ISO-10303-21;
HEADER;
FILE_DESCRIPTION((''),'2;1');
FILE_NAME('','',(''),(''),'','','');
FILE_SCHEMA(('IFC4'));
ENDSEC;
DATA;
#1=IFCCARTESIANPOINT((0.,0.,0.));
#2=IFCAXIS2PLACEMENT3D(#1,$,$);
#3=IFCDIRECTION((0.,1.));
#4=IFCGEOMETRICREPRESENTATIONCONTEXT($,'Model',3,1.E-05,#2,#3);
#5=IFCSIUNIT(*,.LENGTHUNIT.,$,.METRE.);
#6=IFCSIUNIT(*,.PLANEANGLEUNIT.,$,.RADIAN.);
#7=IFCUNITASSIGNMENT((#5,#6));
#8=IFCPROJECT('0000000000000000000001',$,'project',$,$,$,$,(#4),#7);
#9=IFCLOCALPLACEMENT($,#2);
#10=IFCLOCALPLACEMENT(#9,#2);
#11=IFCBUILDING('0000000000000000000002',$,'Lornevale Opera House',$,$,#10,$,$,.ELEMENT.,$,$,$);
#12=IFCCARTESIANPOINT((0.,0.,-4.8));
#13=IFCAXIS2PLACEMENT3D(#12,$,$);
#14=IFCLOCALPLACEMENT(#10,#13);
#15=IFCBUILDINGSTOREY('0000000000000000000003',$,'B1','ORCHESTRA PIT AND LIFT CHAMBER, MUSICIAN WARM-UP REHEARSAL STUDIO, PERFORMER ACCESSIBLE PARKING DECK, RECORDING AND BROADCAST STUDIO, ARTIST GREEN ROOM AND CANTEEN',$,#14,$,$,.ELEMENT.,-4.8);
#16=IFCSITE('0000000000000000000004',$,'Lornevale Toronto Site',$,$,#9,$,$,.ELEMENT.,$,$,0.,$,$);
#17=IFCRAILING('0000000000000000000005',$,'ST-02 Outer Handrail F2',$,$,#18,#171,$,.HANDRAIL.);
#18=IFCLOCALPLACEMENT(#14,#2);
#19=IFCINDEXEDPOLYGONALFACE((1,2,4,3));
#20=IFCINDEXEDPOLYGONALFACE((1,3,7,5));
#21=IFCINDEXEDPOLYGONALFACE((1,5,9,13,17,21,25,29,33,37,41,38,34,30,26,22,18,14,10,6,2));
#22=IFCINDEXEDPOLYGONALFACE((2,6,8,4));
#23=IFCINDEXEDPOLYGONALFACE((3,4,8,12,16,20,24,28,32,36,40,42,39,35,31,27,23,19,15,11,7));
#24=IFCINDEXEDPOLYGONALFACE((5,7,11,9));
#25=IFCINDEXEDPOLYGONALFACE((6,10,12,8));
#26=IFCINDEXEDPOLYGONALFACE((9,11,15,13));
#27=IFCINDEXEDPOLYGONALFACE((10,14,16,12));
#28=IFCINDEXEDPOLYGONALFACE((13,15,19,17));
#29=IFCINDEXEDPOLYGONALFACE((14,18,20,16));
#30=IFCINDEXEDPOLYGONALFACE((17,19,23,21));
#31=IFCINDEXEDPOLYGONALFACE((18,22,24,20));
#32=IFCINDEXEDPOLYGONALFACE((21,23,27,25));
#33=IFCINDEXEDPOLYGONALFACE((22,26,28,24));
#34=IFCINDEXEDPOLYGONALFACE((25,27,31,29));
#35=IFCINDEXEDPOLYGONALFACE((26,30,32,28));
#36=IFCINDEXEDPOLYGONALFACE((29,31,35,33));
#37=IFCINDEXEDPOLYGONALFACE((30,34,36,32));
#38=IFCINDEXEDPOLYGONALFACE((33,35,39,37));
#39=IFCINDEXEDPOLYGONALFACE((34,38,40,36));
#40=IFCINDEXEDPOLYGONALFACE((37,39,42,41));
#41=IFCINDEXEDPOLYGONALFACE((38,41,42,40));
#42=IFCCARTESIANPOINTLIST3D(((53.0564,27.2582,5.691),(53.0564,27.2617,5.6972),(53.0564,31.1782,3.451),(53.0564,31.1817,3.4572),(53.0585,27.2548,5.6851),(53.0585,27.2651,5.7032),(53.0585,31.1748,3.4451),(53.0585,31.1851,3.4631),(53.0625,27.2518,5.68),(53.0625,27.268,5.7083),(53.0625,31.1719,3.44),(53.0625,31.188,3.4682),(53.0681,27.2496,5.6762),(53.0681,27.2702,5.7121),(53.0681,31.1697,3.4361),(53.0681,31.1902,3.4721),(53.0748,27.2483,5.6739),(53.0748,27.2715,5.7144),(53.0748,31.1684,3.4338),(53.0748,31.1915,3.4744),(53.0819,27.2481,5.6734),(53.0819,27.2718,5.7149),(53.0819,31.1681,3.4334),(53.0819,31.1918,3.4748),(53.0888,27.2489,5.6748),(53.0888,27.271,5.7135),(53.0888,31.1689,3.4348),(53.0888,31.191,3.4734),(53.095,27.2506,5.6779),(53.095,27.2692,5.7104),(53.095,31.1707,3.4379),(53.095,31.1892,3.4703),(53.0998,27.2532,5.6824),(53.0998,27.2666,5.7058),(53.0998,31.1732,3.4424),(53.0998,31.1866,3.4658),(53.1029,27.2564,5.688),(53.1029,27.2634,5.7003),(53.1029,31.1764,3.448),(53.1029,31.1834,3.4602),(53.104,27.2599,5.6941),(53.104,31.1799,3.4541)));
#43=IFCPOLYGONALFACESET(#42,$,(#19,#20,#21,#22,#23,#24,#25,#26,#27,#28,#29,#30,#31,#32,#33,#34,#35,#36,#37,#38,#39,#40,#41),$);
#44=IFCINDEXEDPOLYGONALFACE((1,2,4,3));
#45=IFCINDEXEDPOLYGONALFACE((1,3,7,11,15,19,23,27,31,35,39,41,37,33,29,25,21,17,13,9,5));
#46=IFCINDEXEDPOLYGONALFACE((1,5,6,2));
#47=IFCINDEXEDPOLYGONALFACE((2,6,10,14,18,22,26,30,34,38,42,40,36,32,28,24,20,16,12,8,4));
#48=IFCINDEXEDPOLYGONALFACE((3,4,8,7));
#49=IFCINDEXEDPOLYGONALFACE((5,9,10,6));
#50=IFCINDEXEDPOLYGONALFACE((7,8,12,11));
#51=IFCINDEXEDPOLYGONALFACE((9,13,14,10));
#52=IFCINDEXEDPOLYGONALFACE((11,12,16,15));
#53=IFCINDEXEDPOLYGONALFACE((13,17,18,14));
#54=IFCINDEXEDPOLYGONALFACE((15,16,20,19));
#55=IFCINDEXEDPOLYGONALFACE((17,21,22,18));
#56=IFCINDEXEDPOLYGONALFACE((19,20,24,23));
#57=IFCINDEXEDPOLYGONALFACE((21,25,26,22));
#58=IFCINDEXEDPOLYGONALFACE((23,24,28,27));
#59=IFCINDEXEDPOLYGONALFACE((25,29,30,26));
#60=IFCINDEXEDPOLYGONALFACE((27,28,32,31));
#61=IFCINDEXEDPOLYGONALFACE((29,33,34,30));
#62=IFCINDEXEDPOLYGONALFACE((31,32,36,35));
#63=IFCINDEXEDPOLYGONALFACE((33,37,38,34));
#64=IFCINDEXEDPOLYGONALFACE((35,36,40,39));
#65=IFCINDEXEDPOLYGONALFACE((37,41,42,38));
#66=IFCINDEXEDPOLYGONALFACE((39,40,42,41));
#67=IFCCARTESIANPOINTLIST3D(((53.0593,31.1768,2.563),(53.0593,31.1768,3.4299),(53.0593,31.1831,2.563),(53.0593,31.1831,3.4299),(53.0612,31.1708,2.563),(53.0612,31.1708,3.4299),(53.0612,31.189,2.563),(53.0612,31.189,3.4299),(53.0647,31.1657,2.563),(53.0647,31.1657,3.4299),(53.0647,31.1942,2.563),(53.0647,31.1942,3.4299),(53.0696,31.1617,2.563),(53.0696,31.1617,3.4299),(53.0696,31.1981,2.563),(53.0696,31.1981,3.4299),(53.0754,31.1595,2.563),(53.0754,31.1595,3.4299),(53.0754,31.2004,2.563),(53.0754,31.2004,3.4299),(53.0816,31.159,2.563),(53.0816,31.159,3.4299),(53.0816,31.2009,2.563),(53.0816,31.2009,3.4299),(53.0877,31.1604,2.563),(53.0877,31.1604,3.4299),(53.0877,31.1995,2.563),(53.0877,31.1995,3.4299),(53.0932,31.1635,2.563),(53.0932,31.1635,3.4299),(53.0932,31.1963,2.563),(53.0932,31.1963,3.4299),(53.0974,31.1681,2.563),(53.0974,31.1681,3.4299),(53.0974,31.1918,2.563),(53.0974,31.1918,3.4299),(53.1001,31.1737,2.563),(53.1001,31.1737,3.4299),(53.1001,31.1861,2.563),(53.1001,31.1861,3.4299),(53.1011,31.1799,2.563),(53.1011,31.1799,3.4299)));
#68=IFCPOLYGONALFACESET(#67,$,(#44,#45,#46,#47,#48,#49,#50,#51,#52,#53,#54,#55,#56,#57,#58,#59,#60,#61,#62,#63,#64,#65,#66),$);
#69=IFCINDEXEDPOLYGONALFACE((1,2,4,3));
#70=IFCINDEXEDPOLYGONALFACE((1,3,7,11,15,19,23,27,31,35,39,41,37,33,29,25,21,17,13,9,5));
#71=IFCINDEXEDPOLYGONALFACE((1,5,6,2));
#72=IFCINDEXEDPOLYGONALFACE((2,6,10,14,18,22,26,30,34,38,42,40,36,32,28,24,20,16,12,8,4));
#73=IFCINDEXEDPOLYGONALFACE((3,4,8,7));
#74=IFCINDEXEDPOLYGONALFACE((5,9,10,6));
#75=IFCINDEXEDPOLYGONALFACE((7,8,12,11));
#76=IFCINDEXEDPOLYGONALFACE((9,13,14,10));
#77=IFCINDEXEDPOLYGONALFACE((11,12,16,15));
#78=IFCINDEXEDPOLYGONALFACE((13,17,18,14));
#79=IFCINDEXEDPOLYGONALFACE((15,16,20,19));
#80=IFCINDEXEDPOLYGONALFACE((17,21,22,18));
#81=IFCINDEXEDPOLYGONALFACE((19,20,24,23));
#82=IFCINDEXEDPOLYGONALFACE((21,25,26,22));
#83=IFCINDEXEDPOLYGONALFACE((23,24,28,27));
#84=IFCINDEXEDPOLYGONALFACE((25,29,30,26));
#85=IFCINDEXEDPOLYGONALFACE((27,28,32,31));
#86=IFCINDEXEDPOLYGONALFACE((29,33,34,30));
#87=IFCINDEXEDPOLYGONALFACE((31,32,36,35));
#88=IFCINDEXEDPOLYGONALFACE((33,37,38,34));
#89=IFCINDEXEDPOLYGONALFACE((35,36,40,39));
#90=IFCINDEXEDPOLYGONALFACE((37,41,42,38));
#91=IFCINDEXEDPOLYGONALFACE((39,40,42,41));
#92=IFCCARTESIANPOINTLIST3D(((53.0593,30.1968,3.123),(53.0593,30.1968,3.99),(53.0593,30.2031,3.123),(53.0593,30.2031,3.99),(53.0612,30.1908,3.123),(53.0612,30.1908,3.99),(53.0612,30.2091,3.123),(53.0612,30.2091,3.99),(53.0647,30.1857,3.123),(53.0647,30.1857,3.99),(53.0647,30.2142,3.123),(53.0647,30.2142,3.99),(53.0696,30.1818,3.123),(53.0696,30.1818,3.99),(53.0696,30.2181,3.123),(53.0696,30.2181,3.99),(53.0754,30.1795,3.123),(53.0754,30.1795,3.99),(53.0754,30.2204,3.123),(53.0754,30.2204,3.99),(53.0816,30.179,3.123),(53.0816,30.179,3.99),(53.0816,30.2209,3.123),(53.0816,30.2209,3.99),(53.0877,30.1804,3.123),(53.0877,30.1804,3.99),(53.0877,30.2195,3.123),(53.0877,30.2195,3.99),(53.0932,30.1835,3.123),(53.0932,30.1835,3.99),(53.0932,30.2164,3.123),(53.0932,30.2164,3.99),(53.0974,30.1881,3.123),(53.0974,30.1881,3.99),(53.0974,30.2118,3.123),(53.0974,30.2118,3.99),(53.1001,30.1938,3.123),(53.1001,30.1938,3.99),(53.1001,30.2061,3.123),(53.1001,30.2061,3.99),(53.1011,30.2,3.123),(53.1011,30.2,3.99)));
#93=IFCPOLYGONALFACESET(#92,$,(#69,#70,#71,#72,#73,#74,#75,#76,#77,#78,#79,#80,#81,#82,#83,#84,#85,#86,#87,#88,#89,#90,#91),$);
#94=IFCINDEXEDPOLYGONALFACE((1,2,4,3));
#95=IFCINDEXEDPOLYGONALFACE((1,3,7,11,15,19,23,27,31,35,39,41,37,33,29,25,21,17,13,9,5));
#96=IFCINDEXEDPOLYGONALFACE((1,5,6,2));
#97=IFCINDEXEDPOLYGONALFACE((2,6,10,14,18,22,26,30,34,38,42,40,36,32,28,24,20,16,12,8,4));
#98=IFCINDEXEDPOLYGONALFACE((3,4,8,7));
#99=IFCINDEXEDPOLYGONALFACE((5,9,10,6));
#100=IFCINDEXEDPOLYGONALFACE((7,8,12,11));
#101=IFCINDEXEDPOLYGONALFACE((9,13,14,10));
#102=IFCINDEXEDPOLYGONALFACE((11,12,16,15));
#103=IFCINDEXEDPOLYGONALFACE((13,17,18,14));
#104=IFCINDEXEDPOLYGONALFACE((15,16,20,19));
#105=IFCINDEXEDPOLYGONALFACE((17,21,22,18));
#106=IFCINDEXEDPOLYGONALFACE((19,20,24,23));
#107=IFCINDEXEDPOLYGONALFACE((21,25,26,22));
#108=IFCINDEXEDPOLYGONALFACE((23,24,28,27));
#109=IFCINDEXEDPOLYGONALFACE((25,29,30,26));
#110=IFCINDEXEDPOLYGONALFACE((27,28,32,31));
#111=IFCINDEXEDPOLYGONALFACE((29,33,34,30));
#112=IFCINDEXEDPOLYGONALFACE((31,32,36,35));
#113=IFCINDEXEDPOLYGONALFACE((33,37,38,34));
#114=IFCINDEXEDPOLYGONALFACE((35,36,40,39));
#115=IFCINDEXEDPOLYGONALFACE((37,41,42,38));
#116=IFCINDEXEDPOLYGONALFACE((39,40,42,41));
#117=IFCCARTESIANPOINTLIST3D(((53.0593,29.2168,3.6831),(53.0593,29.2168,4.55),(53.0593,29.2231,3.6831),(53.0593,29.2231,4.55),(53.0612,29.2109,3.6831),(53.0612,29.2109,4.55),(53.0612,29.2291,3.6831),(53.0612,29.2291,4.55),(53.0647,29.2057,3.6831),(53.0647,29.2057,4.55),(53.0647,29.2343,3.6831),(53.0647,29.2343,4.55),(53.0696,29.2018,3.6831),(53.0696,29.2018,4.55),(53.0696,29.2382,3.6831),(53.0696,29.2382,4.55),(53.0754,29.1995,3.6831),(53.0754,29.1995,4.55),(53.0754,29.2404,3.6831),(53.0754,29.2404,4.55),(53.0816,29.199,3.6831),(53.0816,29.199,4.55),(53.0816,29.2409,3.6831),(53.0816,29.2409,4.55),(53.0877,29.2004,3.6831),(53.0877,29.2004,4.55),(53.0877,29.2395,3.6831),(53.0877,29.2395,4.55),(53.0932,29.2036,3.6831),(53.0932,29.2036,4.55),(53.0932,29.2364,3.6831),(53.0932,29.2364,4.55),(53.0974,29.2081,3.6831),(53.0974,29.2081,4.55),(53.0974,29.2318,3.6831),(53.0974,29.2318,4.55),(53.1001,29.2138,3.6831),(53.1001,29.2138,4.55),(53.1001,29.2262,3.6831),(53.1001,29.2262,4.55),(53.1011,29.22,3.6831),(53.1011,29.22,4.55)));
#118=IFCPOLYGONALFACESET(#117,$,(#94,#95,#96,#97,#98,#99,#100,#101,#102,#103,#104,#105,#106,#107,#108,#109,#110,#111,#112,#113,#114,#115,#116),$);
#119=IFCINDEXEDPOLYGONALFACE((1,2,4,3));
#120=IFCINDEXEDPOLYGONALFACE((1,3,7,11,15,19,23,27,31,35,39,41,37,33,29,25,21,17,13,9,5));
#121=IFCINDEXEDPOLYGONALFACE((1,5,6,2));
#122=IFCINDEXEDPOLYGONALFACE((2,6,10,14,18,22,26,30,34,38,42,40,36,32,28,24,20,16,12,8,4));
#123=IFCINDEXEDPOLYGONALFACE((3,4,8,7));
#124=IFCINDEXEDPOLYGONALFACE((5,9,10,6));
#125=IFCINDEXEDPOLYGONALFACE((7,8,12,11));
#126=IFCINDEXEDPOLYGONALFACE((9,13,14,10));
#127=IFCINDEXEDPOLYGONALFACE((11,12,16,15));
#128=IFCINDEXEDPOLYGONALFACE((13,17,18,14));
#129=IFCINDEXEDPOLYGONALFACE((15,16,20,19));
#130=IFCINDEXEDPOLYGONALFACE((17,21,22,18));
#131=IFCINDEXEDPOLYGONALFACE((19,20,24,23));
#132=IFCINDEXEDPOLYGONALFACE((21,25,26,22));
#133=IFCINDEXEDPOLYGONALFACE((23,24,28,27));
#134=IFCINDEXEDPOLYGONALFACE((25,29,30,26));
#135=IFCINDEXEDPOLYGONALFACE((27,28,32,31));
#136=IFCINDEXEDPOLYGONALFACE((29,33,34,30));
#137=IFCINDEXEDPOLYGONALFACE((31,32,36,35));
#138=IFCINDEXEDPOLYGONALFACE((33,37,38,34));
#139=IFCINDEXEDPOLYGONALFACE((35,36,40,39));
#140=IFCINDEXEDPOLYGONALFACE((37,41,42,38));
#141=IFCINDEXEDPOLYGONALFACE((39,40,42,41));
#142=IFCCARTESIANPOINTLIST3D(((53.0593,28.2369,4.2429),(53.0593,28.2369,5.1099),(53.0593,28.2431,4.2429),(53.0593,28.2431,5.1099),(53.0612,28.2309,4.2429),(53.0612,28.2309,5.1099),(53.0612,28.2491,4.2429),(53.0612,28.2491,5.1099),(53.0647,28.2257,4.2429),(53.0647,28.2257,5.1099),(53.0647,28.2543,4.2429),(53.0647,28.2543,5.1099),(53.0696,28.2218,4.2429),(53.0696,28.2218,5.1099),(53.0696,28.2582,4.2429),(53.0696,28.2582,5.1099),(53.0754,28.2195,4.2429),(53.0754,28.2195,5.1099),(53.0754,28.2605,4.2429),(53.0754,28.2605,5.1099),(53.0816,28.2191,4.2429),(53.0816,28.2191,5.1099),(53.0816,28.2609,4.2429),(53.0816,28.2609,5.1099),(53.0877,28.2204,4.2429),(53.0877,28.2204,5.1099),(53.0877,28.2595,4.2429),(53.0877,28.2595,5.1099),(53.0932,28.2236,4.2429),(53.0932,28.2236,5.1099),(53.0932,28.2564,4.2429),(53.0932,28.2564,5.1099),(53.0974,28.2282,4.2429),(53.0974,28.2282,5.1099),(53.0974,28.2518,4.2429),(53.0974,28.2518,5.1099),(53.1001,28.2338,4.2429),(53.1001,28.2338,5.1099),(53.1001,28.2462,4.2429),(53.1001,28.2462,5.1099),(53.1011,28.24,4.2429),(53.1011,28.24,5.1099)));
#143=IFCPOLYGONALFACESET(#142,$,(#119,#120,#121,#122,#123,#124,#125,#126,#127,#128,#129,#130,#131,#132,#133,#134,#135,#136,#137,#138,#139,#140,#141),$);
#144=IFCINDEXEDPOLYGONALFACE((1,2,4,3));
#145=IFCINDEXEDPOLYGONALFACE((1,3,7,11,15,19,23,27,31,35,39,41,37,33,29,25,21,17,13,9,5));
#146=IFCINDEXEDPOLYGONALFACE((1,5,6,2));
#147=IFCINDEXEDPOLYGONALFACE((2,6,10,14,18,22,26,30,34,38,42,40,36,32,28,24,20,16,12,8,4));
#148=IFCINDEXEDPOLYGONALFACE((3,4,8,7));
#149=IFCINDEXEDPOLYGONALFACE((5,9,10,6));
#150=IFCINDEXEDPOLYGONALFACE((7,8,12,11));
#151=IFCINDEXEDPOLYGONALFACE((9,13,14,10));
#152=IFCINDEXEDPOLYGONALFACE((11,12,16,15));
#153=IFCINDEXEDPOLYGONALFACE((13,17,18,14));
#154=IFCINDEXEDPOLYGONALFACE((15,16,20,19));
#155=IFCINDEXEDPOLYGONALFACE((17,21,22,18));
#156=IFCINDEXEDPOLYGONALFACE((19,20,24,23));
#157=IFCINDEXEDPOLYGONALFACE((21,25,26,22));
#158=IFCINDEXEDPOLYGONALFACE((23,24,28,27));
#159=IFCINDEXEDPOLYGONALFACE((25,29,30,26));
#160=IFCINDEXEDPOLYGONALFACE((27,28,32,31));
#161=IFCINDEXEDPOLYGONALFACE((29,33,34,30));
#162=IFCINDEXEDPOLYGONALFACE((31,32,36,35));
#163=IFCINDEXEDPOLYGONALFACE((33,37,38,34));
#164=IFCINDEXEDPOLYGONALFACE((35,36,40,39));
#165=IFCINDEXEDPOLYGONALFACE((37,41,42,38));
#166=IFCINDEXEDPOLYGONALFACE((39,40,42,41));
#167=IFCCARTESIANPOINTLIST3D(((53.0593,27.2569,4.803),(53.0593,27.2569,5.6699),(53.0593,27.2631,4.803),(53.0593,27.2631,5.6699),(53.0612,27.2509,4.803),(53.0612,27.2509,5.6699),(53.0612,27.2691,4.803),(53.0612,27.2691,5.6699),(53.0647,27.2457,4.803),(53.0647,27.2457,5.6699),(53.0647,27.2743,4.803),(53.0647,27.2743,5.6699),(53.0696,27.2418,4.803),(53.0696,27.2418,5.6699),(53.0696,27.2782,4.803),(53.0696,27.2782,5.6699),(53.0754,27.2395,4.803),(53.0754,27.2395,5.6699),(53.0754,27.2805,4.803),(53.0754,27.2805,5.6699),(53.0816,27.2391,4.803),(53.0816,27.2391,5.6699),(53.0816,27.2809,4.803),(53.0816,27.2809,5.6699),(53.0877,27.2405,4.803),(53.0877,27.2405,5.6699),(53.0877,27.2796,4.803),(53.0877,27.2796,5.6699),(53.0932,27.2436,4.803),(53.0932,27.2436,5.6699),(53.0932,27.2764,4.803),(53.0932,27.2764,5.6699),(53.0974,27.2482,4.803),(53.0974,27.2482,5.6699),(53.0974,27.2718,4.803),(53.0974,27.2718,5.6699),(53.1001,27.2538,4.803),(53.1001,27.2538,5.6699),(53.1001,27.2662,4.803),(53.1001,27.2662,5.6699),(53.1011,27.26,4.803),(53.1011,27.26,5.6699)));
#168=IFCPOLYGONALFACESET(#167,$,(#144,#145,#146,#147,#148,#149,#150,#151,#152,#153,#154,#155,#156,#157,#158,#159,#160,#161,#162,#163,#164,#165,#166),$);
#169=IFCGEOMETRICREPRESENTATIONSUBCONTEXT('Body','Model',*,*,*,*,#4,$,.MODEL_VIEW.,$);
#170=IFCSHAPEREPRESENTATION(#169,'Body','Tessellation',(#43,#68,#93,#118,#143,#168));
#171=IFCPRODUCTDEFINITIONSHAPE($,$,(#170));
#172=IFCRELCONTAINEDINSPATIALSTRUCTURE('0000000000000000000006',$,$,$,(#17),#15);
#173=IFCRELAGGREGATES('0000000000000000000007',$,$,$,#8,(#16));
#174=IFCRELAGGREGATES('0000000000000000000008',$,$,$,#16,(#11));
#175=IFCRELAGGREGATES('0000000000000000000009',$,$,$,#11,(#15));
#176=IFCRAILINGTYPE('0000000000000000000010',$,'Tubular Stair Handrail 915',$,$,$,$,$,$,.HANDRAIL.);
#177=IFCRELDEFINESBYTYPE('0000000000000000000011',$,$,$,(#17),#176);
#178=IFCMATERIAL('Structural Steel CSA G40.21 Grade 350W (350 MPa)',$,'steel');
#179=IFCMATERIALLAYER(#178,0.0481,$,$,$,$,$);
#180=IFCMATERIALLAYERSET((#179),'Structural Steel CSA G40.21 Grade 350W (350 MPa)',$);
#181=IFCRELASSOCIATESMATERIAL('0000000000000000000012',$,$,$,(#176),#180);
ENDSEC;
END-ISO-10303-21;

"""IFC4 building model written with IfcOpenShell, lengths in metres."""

from ifc_helpers import new_model, si_unit, direction, frame, origin, origin_2d, place, context, subcontext, project, spatial, circle, extrude, material, layer, layer_set, type_object, element, save


model = new_model("IFC4")

# Units and contexts
model_context = context("Model", 3, precision=1e-05, world=origin(), true_north=direction((0.0, 1.0)))
body_context = subcontext(model_context, "Body", "Model", "MODEL_VIEW")
ifc_project = project(units=[si_unit("LENGTHUNIT", "METRE"), si_unit("PLANEANGLEUNIT", "RADIAN")], contexts=[model_context])

# Site, building, storey
site_placement = place(None, origin())
site = spatial("IfcSite", under=ifc_project, at=site_placement, Name="Lornevale Toronto Site", CompositionType="ELEMENT", RefElevation=0.0)
building_placement = place(site_placement, origin())
building = spatial("IfcBuilding", under=site, at=building_placement, Name="Lornevale Opera House", CompositionType="ELEMENT")
storey_placement = place(building_placement, frame((0.0, 0.0, -4.8)))
storey = spatial("IfcBuildingStorey", under=building, at=storey_placement, Name="B1", Description="ORCHESTRA PIT AND LIFT CHAMBER, MUSICIAN WARM-UP REHEARSAL STUDIO, PERFORMER ACCESSIBLE PARKING DECK, RECORDING AND BROADCAST STUDIO, ARTIST GREEN ROOM AND CANTEEN", CompositionType="ELEMENT", Elevation=-4.8)

# Railing
ifc_material_1 = material(Name="Structural Steel CSA G40.21 Grade 350W (350 MPa)", Category="steel")
ifc_layer_1 = layer(ifc_material_1, 0.0481)
ifc_layer_set_1 = layer_set([ifc_layer_1], Name="Structural Steel CSA G40.21 Grade 350W (350 MPa)")
railing_type_1 = type_object("IfcRailingType", Name="Tubular Stair Handrail 915", PredefinedType="HANDRAIL", material=ifc_layer_set_1)
railing_1_placement = place(storey_placement, frame((53.0801, 31.1799, 2.563)))
element("IfcRailing", 1, at=railing_1_placement, inside=storey, type_object=railing_type_1, Name="ST-02 Outer Handrail F2", PredefinedType="HANDRAIL", context=body_context, shape_type="SweptSolid", body=[
    extrude(circle(Radius=0.0239, at=origin_2d()), frame((0.0, 0.0, 0.8911), z_axis=(0.0, -0.86824, 0.496145), x_axis=(1.0, 0.0, 0.0)), (0.0, 0.0, 1.0), 4.5149),
    extrude(circle(Radius=0.021, at=origin_2d()), origin(), (0.0, 0.0, 1.0), 0.8669),
    extrude(circle(Radius=0.021, at=origin_2d()), frame((0.0, -0.98, 0.5601)), (0.0, 0.0, 1.0), 0.8669),
    extrude(circle(Radius=0.021, at=origin_2d()), frame((0.0, -1.96, 1.1201)), (0.0, 0.0, 1.0), 0.8669),
    extrude(circle(Radius=0.021, at=origin_2d()), frame((0.0, -2.9399, 1.6799)), (0.0, 0.0, 1.0), 0.8669),
    extrude(circle(Radius=0.021, at=origin_2d()), frame((0.0, -3.9199, 2.24)), (0.0, 0.0, 1.0), 0.8669),
])

save(model, "model.ifc")
